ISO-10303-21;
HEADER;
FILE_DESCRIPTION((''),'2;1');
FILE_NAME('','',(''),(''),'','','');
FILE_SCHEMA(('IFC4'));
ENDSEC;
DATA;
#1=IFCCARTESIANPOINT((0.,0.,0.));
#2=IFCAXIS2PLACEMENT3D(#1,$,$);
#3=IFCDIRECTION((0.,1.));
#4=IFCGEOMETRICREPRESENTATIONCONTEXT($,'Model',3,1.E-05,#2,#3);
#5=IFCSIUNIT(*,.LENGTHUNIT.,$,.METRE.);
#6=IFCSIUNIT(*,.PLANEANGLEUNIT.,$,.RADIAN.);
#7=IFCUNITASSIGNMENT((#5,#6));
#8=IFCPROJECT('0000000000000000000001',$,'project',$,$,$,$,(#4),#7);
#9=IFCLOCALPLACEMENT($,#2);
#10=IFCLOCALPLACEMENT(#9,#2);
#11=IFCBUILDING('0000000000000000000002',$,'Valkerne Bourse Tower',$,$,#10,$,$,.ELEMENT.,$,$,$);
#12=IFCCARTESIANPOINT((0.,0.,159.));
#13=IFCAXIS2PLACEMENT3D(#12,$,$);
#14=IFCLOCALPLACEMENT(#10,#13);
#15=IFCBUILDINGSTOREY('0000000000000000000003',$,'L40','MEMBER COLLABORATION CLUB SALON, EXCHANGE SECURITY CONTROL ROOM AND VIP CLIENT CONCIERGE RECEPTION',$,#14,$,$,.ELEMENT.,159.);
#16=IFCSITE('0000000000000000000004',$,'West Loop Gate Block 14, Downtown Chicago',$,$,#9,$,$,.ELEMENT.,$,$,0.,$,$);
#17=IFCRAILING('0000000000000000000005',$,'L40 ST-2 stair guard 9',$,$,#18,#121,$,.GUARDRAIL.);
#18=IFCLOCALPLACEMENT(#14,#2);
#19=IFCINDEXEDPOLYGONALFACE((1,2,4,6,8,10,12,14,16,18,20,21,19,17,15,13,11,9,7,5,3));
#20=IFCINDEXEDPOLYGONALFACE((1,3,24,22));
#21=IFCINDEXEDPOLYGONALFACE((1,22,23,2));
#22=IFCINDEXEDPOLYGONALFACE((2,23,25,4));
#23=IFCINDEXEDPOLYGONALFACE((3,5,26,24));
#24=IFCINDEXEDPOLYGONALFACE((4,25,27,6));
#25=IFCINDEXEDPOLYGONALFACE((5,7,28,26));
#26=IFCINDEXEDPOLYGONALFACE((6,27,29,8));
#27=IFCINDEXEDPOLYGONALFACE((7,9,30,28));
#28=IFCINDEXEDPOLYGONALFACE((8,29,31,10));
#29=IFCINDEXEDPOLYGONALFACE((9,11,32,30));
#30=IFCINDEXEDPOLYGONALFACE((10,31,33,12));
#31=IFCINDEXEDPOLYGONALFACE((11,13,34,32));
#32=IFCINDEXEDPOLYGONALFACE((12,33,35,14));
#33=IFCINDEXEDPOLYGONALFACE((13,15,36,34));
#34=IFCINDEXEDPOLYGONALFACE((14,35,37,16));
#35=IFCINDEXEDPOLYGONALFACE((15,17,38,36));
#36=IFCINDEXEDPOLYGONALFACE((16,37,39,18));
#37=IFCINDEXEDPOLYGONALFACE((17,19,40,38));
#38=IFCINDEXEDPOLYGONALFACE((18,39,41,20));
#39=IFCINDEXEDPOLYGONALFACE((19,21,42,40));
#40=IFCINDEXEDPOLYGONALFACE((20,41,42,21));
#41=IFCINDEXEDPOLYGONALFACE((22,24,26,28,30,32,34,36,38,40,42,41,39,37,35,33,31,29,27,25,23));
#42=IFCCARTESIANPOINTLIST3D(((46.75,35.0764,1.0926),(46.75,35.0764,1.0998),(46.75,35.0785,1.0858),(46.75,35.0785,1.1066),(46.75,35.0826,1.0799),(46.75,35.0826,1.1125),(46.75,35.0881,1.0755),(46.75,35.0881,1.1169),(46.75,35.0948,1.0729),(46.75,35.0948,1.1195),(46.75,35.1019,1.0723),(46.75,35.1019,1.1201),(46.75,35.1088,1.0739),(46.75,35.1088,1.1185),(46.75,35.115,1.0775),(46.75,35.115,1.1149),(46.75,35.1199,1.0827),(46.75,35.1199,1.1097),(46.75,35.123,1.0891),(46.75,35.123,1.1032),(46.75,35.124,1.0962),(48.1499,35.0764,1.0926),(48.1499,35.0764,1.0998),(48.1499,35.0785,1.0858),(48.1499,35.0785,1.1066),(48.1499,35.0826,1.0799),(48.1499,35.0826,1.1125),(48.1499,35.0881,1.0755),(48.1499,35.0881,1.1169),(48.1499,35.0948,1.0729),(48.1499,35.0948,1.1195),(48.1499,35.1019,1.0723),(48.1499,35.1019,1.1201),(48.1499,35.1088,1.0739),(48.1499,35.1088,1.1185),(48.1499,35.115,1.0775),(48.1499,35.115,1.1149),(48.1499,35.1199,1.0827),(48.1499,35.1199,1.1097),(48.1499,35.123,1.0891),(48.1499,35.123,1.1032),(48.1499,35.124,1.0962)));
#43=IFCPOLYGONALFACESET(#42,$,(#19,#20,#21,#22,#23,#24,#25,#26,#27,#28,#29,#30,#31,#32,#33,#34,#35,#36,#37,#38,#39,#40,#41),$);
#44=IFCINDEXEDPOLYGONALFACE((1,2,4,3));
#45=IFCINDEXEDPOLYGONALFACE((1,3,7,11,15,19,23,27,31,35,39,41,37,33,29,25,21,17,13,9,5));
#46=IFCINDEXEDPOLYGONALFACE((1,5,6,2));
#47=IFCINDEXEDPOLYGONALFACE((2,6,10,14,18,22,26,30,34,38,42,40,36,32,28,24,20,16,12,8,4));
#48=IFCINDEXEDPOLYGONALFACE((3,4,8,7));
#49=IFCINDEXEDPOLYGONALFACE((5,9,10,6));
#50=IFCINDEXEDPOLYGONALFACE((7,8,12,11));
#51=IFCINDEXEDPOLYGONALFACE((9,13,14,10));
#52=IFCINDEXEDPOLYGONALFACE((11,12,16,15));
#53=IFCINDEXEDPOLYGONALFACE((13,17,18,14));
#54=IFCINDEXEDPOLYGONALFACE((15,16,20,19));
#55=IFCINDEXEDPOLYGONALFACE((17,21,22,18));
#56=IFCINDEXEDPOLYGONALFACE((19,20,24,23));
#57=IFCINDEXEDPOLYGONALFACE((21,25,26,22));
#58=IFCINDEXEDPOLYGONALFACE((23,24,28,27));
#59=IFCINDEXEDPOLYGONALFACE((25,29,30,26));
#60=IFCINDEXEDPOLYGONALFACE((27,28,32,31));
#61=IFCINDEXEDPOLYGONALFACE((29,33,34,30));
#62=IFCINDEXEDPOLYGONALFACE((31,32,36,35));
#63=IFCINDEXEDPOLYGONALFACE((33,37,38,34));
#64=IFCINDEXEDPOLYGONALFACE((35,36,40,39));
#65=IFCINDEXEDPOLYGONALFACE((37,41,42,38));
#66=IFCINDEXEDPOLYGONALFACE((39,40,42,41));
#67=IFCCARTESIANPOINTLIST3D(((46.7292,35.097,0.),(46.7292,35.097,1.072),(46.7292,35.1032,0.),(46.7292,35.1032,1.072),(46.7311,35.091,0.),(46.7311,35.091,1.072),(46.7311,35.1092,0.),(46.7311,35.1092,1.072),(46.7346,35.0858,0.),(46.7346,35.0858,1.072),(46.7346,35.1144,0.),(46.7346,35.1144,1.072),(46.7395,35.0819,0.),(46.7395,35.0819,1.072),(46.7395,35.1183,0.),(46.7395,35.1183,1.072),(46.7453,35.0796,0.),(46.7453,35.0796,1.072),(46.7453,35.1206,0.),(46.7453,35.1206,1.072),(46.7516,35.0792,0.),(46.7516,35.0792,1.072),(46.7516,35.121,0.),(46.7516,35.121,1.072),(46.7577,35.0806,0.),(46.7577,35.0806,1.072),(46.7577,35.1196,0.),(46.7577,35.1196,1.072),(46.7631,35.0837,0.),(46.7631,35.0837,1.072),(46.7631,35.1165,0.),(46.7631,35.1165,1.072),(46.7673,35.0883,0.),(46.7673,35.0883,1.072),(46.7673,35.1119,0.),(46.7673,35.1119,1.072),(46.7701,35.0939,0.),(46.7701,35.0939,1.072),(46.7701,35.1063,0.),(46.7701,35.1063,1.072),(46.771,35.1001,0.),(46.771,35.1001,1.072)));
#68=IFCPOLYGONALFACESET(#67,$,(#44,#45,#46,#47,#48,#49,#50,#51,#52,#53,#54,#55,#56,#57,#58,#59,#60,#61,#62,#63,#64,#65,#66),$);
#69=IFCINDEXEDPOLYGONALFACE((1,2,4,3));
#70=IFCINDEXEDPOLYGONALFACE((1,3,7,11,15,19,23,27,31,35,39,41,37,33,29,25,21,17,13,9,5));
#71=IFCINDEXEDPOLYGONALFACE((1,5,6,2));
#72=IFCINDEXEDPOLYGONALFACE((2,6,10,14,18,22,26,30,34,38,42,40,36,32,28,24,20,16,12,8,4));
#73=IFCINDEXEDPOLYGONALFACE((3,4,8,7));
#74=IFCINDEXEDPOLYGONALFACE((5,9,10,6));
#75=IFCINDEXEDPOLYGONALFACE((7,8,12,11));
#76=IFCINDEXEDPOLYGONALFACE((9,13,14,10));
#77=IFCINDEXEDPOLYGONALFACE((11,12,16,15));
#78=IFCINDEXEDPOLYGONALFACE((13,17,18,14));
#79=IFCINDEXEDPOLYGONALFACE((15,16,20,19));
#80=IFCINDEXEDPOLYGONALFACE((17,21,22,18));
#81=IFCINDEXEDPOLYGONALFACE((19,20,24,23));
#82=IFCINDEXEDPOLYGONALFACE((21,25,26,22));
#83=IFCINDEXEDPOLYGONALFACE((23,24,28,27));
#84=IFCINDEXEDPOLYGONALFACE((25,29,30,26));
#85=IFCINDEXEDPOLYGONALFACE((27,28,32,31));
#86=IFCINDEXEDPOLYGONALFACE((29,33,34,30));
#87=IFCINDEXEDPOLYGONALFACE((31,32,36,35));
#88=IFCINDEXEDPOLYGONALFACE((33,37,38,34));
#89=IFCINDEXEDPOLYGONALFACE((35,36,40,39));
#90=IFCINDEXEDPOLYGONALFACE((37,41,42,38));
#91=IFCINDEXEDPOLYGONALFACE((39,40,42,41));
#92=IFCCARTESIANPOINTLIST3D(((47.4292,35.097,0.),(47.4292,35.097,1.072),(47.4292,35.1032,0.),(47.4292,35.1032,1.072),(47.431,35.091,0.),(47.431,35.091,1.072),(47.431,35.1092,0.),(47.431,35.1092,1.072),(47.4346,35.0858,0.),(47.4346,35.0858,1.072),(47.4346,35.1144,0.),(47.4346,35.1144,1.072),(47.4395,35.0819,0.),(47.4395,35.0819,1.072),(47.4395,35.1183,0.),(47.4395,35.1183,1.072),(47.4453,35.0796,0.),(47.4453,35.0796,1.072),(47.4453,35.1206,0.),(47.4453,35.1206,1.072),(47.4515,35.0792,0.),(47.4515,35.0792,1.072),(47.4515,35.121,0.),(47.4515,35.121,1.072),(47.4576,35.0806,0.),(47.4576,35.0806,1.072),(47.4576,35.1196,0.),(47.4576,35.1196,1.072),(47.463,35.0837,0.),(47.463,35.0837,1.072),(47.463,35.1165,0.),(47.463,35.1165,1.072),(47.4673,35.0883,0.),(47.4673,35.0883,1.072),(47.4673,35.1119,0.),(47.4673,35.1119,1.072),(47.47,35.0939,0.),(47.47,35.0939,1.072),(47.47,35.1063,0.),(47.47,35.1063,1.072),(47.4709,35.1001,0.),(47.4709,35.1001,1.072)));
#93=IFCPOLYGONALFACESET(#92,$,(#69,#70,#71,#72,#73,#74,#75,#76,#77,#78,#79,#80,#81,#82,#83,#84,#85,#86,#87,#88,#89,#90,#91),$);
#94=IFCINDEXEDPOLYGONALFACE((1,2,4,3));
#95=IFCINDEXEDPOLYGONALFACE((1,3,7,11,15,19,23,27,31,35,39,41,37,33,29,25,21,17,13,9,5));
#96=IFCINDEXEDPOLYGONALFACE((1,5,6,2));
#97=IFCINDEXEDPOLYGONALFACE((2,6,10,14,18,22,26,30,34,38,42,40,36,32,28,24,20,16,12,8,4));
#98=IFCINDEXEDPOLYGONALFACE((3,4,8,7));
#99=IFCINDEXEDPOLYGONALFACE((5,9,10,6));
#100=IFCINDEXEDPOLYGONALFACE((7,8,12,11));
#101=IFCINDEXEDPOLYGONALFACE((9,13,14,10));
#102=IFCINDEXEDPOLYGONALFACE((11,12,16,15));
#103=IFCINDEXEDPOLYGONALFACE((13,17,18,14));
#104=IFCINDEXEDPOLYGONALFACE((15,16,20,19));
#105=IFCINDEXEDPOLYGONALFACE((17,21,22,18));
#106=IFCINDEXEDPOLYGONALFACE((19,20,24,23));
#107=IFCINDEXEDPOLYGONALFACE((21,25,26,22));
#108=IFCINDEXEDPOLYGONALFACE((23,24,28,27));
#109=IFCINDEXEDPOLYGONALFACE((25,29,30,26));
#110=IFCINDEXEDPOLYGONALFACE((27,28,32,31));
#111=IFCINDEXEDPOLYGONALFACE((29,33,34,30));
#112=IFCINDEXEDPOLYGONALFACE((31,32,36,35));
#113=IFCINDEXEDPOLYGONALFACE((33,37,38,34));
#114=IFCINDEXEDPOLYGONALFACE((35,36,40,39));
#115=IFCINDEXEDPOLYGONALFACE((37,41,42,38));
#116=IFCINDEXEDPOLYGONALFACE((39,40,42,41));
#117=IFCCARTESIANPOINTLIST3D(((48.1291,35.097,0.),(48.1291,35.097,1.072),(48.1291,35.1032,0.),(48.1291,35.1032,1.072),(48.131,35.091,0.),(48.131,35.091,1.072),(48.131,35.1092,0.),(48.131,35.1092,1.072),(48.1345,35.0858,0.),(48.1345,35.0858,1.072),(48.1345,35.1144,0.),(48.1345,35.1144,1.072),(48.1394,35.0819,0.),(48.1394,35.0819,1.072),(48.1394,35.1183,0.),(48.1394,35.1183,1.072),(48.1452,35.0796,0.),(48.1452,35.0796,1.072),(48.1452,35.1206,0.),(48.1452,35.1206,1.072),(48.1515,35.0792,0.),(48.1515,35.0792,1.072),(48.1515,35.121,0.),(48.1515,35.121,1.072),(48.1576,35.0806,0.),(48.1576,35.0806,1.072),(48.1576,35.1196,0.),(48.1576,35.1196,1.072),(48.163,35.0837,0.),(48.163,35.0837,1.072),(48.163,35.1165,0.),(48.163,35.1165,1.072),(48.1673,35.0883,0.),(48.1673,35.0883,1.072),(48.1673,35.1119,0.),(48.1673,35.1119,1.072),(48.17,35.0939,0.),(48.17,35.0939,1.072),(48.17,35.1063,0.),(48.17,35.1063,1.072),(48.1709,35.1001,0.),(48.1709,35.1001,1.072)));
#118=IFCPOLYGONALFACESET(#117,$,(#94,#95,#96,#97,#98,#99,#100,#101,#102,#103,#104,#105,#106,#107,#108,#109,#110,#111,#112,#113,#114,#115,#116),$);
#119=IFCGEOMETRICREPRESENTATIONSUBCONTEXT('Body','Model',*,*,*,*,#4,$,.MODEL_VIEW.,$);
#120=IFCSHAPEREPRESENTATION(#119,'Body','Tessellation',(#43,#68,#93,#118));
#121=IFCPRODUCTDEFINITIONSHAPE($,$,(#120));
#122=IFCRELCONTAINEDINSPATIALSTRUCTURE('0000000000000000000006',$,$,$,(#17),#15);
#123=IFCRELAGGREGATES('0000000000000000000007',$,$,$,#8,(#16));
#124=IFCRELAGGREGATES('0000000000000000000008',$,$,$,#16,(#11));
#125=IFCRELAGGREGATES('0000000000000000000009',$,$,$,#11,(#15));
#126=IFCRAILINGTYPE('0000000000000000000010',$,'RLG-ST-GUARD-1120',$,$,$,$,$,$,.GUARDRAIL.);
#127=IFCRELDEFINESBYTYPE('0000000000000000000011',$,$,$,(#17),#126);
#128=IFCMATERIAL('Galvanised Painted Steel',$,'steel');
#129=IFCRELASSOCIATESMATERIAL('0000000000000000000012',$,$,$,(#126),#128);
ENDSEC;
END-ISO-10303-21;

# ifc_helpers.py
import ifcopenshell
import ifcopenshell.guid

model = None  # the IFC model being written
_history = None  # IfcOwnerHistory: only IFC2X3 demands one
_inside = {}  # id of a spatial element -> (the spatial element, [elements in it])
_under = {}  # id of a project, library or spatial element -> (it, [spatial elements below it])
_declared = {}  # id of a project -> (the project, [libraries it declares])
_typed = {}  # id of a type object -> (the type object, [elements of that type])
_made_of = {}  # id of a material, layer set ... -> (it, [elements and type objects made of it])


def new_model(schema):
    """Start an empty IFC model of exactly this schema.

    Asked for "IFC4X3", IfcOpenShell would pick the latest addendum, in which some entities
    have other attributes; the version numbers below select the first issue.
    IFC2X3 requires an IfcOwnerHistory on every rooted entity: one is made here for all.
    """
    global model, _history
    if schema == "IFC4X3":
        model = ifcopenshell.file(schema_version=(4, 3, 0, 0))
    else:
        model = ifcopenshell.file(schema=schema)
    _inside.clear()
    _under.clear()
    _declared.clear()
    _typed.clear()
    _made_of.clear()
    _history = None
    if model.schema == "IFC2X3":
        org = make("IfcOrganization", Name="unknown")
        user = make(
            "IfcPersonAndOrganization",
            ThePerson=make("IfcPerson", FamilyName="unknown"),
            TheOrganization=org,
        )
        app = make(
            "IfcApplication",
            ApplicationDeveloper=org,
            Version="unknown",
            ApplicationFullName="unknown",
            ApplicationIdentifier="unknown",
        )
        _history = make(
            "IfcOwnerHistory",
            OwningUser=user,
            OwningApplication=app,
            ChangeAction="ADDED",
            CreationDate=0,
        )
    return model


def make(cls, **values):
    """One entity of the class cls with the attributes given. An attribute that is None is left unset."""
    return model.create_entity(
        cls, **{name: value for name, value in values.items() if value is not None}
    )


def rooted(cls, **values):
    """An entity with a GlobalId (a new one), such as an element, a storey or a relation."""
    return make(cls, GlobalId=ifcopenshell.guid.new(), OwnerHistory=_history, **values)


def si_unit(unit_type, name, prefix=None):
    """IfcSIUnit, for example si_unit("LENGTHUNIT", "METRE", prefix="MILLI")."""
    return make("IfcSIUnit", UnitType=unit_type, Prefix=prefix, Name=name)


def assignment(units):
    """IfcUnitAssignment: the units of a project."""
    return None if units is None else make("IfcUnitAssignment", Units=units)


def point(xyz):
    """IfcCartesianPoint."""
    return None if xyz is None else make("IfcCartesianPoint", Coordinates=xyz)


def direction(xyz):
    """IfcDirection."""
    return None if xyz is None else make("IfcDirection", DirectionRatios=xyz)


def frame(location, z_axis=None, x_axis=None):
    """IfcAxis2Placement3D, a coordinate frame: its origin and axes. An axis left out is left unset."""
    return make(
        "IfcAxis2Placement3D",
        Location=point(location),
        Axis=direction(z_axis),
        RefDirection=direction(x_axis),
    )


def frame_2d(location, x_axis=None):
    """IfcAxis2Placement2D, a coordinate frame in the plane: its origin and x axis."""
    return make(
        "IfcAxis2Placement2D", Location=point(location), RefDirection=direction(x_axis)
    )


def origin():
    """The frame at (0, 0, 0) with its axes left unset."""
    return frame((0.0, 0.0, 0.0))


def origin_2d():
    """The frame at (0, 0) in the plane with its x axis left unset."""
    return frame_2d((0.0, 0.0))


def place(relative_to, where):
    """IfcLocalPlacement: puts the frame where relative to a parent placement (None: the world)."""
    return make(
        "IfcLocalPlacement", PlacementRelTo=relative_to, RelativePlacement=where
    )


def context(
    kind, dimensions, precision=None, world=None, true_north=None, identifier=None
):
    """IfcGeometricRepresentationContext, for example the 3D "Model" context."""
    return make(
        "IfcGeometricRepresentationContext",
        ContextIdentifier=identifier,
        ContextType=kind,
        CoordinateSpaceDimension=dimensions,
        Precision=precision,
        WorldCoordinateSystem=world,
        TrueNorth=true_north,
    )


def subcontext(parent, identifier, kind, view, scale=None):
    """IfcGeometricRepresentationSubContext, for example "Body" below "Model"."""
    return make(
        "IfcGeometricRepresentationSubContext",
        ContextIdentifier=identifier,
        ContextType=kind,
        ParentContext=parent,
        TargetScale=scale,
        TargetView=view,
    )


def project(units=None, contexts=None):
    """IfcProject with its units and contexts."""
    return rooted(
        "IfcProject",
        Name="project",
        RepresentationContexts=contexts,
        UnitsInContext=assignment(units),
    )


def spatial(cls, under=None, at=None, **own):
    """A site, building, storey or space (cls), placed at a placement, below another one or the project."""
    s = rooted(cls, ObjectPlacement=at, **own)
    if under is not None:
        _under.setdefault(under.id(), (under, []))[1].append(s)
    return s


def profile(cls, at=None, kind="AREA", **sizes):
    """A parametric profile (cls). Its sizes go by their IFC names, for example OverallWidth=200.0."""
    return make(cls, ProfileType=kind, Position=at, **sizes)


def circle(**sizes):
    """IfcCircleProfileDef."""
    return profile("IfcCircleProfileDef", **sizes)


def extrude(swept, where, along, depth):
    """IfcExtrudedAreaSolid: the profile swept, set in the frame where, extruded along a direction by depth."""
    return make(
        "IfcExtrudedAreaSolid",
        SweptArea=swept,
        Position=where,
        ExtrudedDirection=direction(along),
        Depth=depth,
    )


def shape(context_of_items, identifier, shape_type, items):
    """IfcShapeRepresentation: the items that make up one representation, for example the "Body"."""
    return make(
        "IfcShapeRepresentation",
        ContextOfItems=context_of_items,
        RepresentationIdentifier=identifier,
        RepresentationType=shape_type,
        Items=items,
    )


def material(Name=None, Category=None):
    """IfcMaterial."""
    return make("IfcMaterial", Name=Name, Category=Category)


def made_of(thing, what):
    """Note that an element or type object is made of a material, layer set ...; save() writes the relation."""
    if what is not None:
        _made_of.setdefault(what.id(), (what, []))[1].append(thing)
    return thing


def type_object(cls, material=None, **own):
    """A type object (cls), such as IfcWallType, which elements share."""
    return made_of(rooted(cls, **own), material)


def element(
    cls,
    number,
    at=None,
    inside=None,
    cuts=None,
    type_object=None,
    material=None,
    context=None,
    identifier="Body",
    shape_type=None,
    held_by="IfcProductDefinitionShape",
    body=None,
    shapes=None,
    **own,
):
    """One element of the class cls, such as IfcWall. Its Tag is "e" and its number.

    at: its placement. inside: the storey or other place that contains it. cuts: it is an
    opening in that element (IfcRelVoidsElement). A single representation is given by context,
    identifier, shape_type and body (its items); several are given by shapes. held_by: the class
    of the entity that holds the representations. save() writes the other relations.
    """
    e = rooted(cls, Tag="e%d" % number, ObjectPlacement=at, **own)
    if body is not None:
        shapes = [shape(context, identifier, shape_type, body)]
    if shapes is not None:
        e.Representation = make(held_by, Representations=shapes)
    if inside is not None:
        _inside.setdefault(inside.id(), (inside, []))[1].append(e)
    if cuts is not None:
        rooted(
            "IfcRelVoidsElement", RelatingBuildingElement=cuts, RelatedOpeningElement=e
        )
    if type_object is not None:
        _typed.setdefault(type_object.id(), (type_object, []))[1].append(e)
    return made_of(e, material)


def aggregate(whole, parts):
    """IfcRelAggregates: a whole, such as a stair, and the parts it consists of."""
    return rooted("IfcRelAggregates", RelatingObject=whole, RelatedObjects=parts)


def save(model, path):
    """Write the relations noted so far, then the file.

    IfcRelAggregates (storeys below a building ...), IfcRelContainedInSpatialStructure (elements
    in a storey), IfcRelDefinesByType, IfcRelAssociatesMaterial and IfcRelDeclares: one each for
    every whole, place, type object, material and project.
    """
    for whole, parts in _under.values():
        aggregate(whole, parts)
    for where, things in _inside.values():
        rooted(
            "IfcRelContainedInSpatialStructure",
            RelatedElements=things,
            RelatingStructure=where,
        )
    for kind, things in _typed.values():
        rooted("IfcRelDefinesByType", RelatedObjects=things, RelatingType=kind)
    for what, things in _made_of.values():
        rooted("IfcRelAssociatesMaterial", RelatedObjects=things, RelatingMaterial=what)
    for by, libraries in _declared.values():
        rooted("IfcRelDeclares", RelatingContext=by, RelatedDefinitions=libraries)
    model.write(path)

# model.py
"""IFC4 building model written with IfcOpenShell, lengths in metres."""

from ifc_helpers import new_model, si_unit, direction, frame, origin, origin_2d, place, context, subcontext, project, spatial, circle, extrude, material, type_object, element, save


model = new_model("IFC4")

# Units and contexts
model_context = context("Model", 3, precision=1e-05, world=origin(), true_north=direction((0.0, 1.0)))
body_context = subcontext(model_context, "Body", "Model", "MODEL_VIEW")
ifc_project = project(units=[si_unit("LENGTHUNIT", "METRE"), si_unit("PLANEANGLEUNIT", "RADIAN")], contexts=[model_context])

# Site, building, storey
site_placement = place(None, origin())
site = spatial("IfcSite", under=ifc_project, at=site_placement, Name="West Loop Gate Block 14, Downtown Chicago", CompositionType="ELEMENT", RefElevation=0.0)
building_placement = place(site_placement, origin())
building = spatial("IfcBuilding", under=site, at=building_placement, Name="Valkerne Bourse Tower", CompositionType="ELEMENT")
storey_placement = place(building_placement, frame((0.0, 0.0, 159.0)))
storey = spatial("IfcBuildingStorey", under=building, at=storey_placement, Name="L40", Description="MEMBER COLLABORATION CLUB SALON, EXCHANGE SECURITY CONTROL ROOM AND VIP CLIENT CONCIERGE RECEPTION", CompositionType="ELEMENT", Elevation=159.0)

# Shared definitions
ifc_material_1 = material(Name="Galvanised Painted Steel", Category="steel")

# Railing
railing_type_1 = type_object("IfcRailingType", Name="RLG-ST-GUARD-1120", PredefinedType="GUARDRAIL", material=ifc_material_1)
for number, where, name in (
    (1, (46.75, 35.1001, 0.0), "L40 ST-2 stair guard 9"),
):
    element("IfcRailing", number, at=place(storey_placement, frame(where)), inside=storey, type_object=railing_type_1, Name=name, PredefinedType="GUARDRAIL", context=body_context, shape_type="SweptSolid", body=[
        extrude(circle(Radius=0.0239, at=origin_2d()), frame((0.0, 0.0, 1.0962), z_axis=(1.0, 0.0, 0.0), x_axis=(0.0, 1.0, 0.0)), (0.0, 0.0, 1.0), 1.3999),
        extrude(circle(Radius=0.021, at=origin_2d()), origin(), (0.0, 0.0, 1.0), 1.072),
        extrude(circle(Radius=0.021, at=origin_2d()), frame((0.7, 0.0, 0.0)), (0.0, 0.0, 1.0), 1.072),
        extrude(circle(Radius=0.021, at=origin_2d()), frame((1.3999, 0.0, 0.0)), (0.0, 0.0, 1.0), 1.072),
    ])

save(model, "model.ifc")
